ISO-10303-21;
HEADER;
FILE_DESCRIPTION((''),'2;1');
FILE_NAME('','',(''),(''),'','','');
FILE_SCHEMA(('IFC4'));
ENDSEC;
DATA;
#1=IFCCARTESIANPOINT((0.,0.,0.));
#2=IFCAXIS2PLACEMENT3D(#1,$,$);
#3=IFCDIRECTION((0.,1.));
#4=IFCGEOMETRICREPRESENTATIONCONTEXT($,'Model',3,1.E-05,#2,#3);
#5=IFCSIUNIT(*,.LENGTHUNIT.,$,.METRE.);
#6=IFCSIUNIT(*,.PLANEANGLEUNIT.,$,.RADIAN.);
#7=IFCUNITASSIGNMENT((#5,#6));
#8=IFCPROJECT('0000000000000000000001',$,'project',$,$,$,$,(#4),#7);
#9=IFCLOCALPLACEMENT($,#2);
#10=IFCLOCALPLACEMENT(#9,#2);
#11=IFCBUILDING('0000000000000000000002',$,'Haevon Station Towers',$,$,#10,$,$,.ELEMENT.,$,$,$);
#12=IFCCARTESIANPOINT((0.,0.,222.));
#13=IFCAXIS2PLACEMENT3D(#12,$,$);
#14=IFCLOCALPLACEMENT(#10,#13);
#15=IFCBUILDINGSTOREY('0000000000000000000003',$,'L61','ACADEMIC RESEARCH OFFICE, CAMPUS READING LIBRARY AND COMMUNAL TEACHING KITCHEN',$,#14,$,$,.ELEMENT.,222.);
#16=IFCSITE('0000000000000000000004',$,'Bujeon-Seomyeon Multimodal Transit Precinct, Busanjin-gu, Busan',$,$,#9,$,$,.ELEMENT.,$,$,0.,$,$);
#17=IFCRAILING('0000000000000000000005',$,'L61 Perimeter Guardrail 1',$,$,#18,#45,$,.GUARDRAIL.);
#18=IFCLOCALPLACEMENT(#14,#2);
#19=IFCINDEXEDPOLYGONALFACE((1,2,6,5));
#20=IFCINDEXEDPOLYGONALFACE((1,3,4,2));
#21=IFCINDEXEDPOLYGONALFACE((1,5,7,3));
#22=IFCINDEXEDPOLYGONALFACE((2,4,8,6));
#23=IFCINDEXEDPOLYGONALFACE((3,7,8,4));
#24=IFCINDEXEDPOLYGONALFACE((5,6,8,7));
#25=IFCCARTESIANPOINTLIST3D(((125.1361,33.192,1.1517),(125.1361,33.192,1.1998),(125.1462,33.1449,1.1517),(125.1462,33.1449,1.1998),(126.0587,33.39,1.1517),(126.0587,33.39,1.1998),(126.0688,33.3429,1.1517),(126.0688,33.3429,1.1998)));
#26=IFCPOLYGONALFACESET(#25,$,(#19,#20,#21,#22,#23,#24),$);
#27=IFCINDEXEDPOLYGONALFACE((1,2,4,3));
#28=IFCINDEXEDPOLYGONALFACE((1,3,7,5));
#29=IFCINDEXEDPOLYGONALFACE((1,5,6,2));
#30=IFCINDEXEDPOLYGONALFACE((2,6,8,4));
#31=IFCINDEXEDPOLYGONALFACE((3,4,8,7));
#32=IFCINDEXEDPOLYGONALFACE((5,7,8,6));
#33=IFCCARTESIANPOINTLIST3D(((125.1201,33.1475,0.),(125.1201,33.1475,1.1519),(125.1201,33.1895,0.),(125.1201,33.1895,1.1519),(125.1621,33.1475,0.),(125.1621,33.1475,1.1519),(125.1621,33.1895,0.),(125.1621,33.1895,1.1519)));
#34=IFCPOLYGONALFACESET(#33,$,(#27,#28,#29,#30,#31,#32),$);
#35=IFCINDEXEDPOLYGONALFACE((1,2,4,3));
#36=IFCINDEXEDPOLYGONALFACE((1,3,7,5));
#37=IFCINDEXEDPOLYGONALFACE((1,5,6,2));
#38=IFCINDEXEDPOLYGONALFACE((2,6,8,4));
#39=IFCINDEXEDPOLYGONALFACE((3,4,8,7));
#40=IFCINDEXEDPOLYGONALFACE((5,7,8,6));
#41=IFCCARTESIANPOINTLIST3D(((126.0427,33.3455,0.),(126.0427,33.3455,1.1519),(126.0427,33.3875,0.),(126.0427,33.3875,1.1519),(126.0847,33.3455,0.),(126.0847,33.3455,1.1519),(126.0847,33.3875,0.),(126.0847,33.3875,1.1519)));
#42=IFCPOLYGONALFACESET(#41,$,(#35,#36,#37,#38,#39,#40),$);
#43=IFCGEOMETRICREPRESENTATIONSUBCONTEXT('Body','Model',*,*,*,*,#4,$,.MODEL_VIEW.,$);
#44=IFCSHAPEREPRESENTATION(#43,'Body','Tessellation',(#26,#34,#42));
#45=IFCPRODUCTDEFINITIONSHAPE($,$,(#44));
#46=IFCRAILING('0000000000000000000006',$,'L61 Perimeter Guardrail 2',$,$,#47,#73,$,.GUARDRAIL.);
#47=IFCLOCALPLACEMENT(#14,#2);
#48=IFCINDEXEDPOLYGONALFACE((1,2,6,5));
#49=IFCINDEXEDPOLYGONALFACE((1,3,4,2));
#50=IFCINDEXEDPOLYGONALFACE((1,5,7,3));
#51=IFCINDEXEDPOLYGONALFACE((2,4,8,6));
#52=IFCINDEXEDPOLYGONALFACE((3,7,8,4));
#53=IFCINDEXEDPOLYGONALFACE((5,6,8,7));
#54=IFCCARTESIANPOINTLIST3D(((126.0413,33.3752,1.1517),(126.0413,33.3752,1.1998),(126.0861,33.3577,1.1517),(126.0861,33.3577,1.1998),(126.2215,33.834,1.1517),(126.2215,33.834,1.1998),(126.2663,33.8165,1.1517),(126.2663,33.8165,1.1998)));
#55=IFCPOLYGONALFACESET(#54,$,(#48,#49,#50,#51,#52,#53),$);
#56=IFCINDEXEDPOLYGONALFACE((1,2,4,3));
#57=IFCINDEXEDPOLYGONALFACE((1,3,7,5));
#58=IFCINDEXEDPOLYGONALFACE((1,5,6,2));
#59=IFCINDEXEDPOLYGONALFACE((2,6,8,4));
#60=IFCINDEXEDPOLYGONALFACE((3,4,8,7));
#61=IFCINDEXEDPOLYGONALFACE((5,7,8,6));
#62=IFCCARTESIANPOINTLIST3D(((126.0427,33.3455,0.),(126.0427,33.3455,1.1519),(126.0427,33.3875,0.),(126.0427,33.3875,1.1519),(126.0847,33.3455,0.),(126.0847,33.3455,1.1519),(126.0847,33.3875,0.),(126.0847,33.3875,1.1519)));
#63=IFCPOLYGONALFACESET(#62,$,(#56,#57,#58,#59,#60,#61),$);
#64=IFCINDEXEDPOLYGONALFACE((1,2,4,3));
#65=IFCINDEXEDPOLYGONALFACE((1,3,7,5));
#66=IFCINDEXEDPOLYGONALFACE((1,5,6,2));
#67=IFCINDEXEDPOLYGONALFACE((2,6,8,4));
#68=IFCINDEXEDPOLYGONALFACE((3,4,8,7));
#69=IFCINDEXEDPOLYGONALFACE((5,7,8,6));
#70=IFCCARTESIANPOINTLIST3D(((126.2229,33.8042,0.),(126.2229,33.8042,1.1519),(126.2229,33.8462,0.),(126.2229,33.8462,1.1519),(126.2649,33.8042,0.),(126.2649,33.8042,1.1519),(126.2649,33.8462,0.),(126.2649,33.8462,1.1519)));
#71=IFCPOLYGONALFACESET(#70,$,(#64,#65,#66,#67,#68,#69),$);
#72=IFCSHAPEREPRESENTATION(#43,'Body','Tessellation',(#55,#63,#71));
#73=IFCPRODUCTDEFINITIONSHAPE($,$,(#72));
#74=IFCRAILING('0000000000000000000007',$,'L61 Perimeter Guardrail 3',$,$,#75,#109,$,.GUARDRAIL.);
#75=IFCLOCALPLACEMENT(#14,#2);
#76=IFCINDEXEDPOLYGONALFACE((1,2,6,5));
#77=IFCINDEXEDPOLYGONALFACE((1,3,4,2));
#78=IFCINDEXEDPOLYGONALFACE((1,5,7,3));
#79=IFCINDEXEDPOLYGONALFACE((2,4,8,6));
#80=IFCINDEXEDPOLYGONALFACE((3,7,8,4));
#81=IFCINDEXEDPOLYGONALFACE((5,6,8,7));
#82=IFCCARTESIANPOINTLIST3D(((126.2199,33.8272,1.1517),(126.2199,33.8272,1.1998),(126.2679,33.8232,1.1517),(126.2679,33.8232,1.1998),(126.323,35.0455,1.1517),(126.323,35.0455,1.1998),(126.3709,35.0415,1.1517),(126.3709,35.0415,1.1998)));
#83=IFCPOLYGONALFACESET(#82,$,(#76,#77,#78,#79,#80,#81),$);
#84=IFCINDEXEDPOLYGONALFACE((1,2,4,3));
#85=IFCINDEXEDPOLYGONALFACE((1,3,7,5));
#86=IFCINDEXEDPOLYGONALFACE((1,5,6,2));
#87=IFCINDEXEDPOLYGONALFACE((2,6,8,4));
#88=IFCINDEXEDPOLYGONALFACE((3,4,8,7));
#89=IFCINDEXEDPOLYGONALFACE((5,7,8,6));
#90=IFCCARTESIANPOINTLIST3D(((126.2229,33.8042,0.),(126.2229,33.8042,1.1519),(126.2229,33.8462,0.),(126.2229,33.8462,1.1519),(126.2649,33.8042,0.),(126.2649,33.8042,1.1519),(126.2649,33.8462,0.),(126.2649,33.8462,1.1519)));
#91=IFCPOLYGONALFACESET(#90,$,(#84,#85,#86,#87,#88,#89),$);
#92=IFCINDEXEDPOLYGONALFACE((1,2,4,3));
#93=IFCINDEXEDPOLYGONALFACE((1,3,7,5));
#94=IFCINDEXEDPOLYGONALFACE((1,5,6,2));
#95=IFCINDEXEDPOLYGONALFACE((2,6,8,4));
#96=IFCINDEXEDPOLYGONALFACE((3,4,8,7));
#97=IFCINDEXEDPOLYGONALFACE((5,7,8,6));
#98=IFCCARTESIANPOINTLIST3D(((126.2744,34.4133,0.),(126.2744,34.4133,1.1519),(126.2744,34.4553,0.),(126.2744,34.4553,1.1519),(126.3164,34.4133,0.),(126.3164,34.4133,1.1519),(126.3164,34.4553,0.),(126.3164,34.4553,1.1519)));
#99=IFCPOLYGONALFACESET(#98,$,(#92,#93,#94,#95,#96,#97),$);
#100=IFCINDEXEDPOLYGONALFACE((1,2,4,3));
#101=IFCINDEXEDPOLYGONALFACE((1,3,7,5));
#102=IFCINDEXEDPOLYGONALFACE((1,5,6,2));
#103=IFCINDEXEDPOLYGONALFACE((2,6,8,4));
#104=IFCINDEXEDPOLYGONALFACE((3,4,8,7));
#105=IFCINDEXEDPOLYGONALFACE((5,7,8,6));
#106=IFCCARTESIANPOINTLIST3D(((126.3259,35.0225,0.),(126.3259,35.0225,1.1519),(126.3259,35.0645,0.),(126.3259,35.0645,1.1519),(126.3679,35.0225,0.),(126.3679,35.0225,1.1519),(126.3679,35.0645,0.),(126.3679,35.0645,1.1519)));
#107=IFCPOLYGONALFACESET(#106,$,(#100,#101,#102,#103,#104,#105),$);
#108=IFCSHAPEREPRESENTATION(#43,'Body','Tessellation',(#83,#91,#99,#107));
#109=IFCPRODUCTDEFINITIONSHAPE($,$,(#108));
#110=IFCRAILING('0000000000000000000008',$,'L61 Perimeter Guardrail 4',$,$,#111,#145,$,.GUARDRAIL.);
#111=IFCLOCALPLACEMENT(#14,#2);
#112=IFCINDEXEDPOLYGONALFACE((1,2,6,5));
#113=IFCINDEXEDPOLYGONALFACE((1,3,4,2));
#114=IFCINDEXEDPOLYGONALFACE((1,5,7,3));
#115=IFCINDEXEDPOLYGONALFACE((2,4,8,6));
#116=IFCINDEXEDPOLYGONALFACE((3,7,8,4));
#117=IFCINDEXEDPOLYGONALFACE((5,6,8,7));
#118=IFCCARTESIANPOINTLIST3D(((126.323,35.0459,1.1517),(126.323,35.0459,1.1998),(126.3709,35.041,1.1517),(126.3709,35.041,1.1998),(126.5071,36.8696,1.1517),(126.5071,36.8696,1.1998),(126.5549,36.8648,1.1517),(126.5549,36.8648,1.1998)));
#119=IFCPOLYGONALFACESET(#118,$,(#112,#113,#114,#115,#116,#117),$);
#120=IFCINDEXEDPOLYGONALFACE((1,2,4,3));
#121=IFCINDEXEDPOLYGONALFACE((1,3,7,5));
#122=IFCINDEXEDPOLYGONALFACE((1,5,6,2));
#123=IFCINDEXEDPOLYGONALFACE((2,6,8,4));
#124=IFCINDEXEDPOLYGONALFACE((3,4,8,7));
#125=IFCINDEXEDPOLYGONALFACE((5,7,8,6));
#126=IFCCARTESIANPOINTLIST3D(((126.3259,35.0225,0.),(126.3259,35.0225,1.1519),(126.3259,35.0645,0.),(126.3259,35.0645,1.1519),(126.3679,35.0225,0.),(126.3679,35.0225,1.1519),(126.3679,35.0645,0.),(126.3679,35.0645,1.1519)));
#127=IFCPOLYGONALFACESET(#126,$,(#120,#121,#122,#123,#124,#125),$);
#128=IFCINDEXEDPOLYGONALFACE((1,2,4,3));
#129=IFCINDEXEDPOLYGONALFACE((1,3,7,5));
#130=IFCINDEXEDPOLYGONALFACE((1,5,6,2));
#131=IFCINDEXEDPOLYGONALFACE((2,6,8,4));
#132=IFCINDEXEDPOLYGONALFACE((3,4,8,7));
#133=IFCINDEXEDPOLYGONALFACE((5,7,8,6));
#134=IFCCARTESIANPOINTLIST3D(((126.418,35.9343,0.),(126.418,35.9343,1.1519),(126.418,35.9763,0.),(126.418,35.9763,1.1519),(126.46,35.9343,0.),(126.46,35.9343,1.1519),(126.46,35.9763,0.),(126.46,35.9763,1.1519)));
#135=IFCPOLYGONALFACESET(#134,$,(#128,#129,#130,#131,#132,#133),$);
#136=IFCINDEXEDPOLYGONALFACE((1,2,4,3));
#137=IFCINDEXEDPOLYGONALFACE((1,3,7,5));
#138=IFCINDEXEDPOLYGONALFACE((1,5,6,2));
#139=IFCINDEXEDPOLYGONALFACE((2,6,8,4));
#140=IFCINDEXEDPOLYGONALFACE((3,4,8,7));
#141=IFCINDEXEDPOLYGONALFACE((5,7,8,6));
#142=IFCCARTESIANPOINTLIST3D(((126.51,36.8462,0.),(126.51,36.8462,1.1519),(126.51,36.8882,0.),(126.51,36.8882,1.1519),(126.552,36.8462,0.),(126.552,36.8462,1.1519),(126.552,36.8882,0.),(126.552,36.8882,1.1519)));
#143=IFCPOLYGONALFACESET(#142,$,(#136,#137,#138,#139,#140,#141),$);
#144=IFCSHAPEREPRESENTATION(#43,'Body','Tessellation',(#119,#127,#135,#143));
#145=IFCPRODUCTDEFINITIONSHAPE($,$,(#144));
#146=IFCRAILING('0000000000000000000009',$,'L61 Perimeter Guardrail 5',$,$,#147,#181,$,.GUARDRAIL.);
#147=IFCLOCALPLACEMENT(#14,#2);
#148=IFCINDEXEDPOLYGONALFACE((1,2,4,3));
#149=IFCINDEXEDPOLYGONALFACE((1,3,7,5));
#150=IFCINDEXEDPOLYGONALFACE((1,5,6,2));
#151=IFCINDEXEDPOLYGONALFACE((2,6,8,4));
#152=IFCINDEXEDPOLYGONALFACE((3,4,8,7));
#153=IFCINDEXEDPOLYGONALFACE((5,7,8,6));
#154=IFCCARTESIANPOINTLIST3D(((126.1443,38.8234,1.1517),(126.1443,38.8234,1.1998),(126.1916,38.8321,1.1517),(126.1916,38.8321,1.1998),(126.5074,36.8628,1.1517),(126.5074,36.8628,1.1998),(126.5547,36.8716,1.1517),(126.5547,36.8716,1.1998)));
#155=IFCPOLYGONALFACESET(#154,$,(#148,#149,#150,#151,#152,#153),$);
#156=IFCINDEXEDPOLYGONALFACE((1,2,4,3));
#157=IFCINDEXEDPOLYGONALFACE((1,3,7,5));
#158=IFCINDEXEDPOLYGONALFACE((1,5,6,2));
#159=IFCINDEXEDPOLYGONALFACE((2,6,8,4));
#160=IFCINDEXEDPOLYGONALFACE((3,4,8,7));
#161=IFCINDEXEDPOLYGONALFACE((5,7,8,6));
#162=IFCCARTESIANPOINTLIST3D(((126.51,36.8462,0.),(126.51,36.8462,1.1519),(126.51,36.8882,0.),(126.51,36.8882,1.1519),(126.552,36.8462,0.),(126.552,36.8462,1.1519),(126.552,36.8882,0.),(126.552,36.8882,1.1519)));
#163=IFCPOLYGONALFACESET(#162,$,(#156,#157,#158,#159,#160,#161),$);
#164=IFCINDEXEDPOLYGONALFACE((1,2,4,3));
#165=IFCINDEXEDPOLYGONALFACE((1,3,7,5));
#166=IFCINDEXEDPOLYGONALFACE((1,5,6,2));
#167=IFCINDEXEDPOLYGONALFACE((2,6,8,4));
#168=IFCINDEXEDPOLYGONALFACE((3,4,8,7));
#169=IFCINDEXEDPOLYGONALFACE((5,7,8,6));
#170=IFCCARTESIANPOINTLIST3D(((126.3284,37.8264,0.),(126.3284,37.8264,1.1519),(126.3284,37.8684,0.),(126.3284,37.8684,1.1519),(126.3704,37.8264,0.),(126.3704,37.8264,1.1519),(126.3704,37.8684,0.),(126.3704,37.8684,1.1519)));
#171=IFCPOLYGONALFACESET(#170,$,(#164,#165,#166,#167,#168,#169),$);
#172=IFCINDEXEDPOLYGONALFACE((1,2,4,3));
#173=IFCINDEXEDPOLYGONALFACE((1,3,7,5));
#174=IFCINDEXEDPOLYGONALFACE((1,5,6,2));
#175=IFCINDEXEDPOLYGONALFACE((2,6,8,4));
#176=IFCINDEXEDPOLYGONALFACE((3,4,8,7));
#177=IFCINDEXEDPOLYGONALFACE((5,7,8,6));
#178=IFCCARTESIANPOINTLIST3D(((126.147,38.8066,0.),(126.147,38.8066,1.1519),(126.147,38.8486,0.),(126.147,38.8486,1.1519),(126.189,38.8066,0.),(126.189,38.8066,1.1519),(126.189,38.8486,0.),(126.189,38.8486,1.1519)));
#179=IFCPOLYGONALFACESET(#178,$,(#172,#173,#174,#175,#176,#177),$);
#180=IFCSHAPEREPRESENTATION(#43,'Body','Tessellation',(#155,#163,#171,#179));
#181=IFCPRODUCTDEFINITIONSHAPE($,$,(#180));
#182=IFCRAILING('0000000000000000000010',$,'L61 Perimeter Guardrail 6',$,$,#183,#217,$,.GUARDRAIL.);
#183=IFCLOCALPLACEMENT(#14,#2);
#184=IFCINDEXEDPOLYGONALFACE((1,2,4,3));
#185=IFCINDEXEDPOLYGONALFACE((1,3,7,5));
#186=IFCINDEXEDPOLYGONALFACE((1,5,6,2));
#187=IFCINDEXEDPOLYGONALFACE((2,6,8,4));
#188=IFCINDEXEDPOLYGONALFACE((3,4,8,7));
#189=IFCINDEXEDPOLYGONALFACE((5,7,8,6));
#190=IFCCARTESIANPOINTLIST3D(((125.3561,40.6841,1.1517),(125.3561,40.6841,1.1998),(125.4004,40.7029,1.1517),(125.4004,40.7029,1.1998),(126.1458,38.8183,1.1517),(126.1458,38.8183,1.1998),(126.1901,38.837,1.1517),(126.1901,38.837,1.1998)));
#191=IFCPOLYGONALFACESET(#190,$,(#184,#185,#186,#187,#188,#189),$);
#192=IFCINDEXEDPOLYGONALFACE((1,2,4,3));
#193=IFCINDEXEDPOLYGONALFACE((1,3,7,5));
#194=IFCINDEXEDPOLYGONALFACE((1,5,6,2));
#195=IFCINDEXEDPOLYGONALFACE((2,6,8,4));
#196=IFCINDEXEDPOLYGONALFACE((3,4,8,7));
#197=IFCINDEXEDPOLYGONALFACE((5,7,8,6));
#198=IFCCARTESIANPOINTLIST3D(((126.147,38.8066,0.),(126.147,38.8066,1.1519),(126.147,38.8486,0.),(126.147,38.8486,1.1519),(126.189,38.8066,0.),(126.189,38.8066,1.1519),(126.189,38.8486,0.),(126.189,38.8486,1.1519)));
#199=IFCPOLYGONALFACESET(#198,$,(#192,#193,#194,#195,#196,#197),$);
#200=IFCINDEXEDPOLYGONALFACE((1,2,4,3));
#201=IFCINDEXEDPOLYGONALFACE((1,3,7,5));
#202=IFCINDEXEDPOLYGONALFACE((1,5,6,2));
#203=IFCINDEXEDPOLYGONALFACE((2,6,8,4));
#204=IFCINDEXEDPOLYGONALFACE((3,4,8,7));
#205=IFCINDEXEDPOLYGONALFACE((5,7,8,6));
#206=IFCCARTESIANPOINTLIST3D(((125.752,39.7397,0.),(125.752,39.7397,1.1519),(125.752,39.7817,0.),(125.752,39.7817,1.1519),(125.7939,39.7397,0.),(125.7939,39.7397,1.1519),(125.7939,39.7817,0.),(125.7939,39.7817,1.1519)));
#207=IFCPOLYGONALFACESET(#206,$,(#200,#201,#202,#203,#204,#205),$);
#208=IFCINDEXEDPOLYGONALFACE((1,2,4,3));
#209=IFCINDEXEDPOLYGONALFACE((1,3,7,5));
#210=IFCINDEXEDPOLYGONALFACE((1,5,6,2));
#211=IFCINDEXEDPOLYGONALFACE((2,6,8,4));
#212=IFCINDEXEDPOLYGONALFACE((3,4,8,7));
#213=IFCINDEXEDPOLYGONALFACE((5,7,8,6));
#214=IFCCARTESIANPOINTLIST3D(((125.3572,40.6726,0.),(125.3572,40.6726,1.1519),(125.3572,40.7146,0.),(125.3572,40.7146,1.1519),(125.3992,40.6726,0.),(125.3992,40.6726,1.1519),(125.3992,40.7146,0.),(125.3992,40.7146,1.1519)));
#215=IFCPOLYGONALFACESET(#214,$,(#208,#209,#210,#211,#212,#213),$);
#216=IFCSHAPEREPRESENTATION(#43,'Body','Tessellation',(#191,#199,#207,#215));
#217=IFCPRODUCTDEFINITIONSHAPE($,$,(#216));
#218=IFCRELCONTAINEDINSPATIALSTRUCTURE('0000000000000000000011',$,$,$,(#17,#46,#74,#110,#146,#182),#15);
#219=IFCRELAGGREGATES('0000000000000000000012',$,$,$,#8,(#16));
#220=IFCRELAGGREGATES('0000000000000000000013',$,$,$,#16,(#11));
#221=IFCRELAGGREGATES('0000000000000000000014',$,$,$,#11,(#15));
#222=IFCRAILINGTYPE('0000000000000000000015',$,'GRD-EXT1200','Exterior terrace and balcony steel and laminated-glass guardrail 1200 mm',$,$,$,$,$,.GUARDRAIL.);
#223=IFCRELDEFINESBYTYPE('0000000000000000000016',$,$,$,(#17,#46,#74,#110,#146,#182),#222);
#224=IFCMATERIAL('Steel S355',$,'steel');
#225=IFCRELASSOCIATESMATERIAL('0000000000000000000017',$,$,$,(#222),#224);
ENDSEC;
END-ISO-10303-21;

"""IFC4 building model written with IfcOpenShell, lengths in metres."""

from ifc_helpers import new_model, si_unit, direction, frame, origin, origin_2d, place, context, subcontext, project, spatial, rectangle, extrude, material, type_object, element, save


model = new_model("IFC4")

# Units and contexts
model_context = context("Model", 3, precision=1e-05, world=origin(), true_north=direction((0.0, 1.0)))
body_context = subcontext(model_context, "Body", "Model", "MODEL_VIEW")
ifc_project = project(units=[si_unit("LENGTHUNIT", "METRE"), si_unit("PLANEANGLEUNIT", "RADIAN")], contexts=[model_context])

# Site, building, storey
site_placement = place(None, origin())
site = spatial("IfcSite", under=ifc_project, at=site_placement, Name="Bujeon-Seomyeon Multimodal Transit Precinct, Busanjin-gu, Busan", CompositionType="ELEMENT", RefElevation=0.0)
building_placement = place(site_placement, origin())
building = spatial("IfcBuilding", under=site, at=building_placement, Name="Haevon Station Towers", CompositionType="ELEMENT")
storey_placement = place(building_placement, frame((0.0, 0.0, 222.0)))
storey = spatial("IfcBuildingStorey", under=building, at=storey_placement, Name="L61", Description="ACADEMIC RESEARCH OFFICE, CAMPUS READING LIBRARY AND COMMUNAL TEACHING KITCHEN", CompositionType="ELEMENT", Elevation=222.0)

# Shared definitions
ifc_material_1 = material(Name="Steel S355", Category="steel")

# Railings
railing_type = type_object("IfcRailingType", Name="GRD-EXT1200", Description="Exterior terrace and balcony steel and laminated-glass guardrail 1200 mm", PredefinedType="GUARDRAIL", material=ifc_material_1)
railing_1_placement = place(storey_placement, frame((125.1411, 33.1685, 0.0)))
element("IfcRailing", 1, at=railing_1_placement, inside=storey, type_object=railing_type, Name="L61 Perimeter Guardrail 1", PredefinedType="GUARDRAIL", context=body_context, shape_type="SweptSolid", body=[
    extrude(rectangle(XDim=0.0481, YDim=0.0481, at=origin_2d()), frame((0.0, 0.0, 1.1758), z_axis=(0.977738, 0.209829, 0.0), x_axis=(-0.209829, 0.977738, 0.0)), (0.0, 0.0, 1.0), 0.9436),
    extrude(rectangle(XDim=0.042, YDim=0.042, at=origin_2d()), origin(), (0.0, 0.0, 1.0), 1.1519),
    extrude(rectangle(XDim=0.042, YDim=0.042, at=origin_2d()), frame((0.9226, 0.198, 0.0)), (0.0, 0.0, 1.0), 1.1519),
])
railing_2_placement = place(storey_placement, frame((126.0637, 33.3665, 0.0)))
element("IfcRailing", 2, at=railing_2_placement, inside=storey, type_object=railing_type, Name="L61 Perimeter Guardrail 2", PredefinedType="GUARDRAIL", context=body_context, shape_type="SweptSolid", body=[
    extrude(rectangle(XDim=0.0481, YDim=0.0481, at=origin_2d()), frame((0.0, 0.0, 1.1758), z_axis=(0.365576, 0.930782, 0.0), x_axis=(-0.930782, 0.365576, 0.0)), (0.0, 0.0, 1.0), 0.4929),
    extrude(rectangle(XDim=0.042, YDim=0.042, at=origin_2d()), origin(), (0.0, 0.0, 1.0), 1.1519),
    extrude(rectangle(XDim=0.042, YDim=0.042, at=origin_2d()), frame((0.1802, 0.4587, 0.0)), (0.0, 0.0, 1.0), 1.1519),
])
railing_3_placement = place(storey_placement, frame((126.2439, 33.8252, 0.0)))
element("IfcRailing", 3, at=railing_3_placement, inside=storey, type_object=railing_type, Name="L61 Perimeter Guardrail 3", PredefinedType="GUARDRAIL", context=body_context, shape_type="SweptSolid", body=[
    extrude(rectangle(XDim=0.0481, YDim=0.0481, at=origin_2d()), frame((0.0, 0.0, 1.1758), z_axis=(0.084268, 0.996443, 0.0), x_axis=(-0.996443, 0.084268, 0.0)), (0.0, 0.0, 1.0), 1.2227),
    extrude(rectangle(XDim=0.042, YDim=0.042, at=origin_2d()), origin(), (0.0, 0.0, 1.0), 1.1519),
    extrude(rectangle(XDim=0.042, YDim=0.042, at=origin_2d()), frame((0.0515, 0.6091, 0.0)), (0.0, 0.0, 1.0), 1.1519),
    extrude(rectangle(XDim=0.042, YDim=0.042, at=origin_2d()), frame((0.103, 1.2183, 0.0)), (0.0, 0.0, 1.0), 1.1519),
])
railing_4_placement = place(storey_placement, frame((126.3469, 35.0435, 0.0)))
element("IfcRailing", 4, at=railing_4_placement, inside=storey, type_object=railing_type, Name="L61 Perimeter Guardrail 4", PredefinedType="GUARDRAIL", context=body_context, shape_type="SweptSolid", body=[
    extrude(rectangle(XDim=0.0481, YDim=0.0481, at=origin_2d()), frame((0.0, 0.0, 1.1758), z_axis=(0.100427, 0.994944, 0.0), x_axis=(-0.994944, 0.100427, 0.0)), (0.0, 0.0, 1.0), 1.833),
    extrude(rectangle(XDim=0.042, YDim=0.042, at=origin_2d()), origin(), (0.0, 0.0, 1.0), 1.1519),
    extrude(rectangle(XDim=0.042, YDim=0.042, at=origin_2d()), frame((0.092, 0.9119, 0.0)), (0.0, 0.0, 1.0), 1.1519),
    extrude(rectangle(XDim=0.042, YDim=0.042, at=origin_2d()), frame((0.1841, 1.8237, 0.0)), (0.0, 0.0, 1.0), 1.1519),
])
railing_5_placement = place(storey_placement, frame((126.531, 36.8672, 0.0)))
element("IfcRailing", 5, at=railing_5_placement, inside=storey, type_object=railing_type, Name="L61 Perimeter Guardrail 5", PredefinedType="GUARDRAIL", context=body_context, shape_type="SweptSolid", body=[
    extrude(rectangle(XDim=0.0481, YDim=0.0481, at=origin_2d()), frame((0.0, 0.0, 1.1758), z_axis=(-0.182085, 0.983283, 0.0), x_axis=(-0.983283, -0.182085, 0.0)), (0.0, 0.0, 1.0), 1.9939),
    extrude(rectangle(XDim=0.042, YDim=0.042, at=origin_2d()), origin(), (0.0, 0.0, 1.0), 1.1519),
    extrude(rectangle(XDim=0.042, YDim=0.042, at=origin_2d()), frame((-0.1816, 0.9802, 0.0)), (0.0, 0.0, 1.0), 1.1519),
    extrude(rectangle(XDim=0.042, YDim=0.042, at=origin_2d()), frame((-0.363, 1.9604, 0.0)), (0.0, 0.0, 1.0), 1.1519),
])
railing_6_placement = place(storey_placement, frame((126.168, 38.8276, 0.0)))
element("IfcRailing", 6, at=railing_6_placement, inside=storey, type_object=railing_type, Name="L61 Perimeter Guardrail 6", PredefinedType="GUARDRAIL", context=body_context, shape_type="SweptSolid", body=[
    extrude(rectangle(XDim=0.0481, YDim=0.0481, at=origin_2d()), frame((0.0, 0.0, 1.1758), z_axis=(-0.389785, 0.920906, 0.0), x_axis=(-0.920906, -0.389785, 0.0)), (0.0, 0.0, 1.0), 2.0261),
    extrude(rectangle(XDim=0.042, YDim=0.042, at=origin_2d()), origin(), (0.0, 0.0, 1.0), 1.1519),
    extrude(rectangle(XDim=0.042, YDim=0.042, at=origin_2d()), frame((-0.395, 0.9331, 0.0)), (0.0, 0.0, 1.0), 1.1519),
    extrude(rectangle(XDim=0.042, YDim=0.042, at=origin_2d()), frame((-0.7898, 1.866, 0.0)), (0.0, 0.0, 1.0), 1.1519),
])

save(model, "model.ifc")
